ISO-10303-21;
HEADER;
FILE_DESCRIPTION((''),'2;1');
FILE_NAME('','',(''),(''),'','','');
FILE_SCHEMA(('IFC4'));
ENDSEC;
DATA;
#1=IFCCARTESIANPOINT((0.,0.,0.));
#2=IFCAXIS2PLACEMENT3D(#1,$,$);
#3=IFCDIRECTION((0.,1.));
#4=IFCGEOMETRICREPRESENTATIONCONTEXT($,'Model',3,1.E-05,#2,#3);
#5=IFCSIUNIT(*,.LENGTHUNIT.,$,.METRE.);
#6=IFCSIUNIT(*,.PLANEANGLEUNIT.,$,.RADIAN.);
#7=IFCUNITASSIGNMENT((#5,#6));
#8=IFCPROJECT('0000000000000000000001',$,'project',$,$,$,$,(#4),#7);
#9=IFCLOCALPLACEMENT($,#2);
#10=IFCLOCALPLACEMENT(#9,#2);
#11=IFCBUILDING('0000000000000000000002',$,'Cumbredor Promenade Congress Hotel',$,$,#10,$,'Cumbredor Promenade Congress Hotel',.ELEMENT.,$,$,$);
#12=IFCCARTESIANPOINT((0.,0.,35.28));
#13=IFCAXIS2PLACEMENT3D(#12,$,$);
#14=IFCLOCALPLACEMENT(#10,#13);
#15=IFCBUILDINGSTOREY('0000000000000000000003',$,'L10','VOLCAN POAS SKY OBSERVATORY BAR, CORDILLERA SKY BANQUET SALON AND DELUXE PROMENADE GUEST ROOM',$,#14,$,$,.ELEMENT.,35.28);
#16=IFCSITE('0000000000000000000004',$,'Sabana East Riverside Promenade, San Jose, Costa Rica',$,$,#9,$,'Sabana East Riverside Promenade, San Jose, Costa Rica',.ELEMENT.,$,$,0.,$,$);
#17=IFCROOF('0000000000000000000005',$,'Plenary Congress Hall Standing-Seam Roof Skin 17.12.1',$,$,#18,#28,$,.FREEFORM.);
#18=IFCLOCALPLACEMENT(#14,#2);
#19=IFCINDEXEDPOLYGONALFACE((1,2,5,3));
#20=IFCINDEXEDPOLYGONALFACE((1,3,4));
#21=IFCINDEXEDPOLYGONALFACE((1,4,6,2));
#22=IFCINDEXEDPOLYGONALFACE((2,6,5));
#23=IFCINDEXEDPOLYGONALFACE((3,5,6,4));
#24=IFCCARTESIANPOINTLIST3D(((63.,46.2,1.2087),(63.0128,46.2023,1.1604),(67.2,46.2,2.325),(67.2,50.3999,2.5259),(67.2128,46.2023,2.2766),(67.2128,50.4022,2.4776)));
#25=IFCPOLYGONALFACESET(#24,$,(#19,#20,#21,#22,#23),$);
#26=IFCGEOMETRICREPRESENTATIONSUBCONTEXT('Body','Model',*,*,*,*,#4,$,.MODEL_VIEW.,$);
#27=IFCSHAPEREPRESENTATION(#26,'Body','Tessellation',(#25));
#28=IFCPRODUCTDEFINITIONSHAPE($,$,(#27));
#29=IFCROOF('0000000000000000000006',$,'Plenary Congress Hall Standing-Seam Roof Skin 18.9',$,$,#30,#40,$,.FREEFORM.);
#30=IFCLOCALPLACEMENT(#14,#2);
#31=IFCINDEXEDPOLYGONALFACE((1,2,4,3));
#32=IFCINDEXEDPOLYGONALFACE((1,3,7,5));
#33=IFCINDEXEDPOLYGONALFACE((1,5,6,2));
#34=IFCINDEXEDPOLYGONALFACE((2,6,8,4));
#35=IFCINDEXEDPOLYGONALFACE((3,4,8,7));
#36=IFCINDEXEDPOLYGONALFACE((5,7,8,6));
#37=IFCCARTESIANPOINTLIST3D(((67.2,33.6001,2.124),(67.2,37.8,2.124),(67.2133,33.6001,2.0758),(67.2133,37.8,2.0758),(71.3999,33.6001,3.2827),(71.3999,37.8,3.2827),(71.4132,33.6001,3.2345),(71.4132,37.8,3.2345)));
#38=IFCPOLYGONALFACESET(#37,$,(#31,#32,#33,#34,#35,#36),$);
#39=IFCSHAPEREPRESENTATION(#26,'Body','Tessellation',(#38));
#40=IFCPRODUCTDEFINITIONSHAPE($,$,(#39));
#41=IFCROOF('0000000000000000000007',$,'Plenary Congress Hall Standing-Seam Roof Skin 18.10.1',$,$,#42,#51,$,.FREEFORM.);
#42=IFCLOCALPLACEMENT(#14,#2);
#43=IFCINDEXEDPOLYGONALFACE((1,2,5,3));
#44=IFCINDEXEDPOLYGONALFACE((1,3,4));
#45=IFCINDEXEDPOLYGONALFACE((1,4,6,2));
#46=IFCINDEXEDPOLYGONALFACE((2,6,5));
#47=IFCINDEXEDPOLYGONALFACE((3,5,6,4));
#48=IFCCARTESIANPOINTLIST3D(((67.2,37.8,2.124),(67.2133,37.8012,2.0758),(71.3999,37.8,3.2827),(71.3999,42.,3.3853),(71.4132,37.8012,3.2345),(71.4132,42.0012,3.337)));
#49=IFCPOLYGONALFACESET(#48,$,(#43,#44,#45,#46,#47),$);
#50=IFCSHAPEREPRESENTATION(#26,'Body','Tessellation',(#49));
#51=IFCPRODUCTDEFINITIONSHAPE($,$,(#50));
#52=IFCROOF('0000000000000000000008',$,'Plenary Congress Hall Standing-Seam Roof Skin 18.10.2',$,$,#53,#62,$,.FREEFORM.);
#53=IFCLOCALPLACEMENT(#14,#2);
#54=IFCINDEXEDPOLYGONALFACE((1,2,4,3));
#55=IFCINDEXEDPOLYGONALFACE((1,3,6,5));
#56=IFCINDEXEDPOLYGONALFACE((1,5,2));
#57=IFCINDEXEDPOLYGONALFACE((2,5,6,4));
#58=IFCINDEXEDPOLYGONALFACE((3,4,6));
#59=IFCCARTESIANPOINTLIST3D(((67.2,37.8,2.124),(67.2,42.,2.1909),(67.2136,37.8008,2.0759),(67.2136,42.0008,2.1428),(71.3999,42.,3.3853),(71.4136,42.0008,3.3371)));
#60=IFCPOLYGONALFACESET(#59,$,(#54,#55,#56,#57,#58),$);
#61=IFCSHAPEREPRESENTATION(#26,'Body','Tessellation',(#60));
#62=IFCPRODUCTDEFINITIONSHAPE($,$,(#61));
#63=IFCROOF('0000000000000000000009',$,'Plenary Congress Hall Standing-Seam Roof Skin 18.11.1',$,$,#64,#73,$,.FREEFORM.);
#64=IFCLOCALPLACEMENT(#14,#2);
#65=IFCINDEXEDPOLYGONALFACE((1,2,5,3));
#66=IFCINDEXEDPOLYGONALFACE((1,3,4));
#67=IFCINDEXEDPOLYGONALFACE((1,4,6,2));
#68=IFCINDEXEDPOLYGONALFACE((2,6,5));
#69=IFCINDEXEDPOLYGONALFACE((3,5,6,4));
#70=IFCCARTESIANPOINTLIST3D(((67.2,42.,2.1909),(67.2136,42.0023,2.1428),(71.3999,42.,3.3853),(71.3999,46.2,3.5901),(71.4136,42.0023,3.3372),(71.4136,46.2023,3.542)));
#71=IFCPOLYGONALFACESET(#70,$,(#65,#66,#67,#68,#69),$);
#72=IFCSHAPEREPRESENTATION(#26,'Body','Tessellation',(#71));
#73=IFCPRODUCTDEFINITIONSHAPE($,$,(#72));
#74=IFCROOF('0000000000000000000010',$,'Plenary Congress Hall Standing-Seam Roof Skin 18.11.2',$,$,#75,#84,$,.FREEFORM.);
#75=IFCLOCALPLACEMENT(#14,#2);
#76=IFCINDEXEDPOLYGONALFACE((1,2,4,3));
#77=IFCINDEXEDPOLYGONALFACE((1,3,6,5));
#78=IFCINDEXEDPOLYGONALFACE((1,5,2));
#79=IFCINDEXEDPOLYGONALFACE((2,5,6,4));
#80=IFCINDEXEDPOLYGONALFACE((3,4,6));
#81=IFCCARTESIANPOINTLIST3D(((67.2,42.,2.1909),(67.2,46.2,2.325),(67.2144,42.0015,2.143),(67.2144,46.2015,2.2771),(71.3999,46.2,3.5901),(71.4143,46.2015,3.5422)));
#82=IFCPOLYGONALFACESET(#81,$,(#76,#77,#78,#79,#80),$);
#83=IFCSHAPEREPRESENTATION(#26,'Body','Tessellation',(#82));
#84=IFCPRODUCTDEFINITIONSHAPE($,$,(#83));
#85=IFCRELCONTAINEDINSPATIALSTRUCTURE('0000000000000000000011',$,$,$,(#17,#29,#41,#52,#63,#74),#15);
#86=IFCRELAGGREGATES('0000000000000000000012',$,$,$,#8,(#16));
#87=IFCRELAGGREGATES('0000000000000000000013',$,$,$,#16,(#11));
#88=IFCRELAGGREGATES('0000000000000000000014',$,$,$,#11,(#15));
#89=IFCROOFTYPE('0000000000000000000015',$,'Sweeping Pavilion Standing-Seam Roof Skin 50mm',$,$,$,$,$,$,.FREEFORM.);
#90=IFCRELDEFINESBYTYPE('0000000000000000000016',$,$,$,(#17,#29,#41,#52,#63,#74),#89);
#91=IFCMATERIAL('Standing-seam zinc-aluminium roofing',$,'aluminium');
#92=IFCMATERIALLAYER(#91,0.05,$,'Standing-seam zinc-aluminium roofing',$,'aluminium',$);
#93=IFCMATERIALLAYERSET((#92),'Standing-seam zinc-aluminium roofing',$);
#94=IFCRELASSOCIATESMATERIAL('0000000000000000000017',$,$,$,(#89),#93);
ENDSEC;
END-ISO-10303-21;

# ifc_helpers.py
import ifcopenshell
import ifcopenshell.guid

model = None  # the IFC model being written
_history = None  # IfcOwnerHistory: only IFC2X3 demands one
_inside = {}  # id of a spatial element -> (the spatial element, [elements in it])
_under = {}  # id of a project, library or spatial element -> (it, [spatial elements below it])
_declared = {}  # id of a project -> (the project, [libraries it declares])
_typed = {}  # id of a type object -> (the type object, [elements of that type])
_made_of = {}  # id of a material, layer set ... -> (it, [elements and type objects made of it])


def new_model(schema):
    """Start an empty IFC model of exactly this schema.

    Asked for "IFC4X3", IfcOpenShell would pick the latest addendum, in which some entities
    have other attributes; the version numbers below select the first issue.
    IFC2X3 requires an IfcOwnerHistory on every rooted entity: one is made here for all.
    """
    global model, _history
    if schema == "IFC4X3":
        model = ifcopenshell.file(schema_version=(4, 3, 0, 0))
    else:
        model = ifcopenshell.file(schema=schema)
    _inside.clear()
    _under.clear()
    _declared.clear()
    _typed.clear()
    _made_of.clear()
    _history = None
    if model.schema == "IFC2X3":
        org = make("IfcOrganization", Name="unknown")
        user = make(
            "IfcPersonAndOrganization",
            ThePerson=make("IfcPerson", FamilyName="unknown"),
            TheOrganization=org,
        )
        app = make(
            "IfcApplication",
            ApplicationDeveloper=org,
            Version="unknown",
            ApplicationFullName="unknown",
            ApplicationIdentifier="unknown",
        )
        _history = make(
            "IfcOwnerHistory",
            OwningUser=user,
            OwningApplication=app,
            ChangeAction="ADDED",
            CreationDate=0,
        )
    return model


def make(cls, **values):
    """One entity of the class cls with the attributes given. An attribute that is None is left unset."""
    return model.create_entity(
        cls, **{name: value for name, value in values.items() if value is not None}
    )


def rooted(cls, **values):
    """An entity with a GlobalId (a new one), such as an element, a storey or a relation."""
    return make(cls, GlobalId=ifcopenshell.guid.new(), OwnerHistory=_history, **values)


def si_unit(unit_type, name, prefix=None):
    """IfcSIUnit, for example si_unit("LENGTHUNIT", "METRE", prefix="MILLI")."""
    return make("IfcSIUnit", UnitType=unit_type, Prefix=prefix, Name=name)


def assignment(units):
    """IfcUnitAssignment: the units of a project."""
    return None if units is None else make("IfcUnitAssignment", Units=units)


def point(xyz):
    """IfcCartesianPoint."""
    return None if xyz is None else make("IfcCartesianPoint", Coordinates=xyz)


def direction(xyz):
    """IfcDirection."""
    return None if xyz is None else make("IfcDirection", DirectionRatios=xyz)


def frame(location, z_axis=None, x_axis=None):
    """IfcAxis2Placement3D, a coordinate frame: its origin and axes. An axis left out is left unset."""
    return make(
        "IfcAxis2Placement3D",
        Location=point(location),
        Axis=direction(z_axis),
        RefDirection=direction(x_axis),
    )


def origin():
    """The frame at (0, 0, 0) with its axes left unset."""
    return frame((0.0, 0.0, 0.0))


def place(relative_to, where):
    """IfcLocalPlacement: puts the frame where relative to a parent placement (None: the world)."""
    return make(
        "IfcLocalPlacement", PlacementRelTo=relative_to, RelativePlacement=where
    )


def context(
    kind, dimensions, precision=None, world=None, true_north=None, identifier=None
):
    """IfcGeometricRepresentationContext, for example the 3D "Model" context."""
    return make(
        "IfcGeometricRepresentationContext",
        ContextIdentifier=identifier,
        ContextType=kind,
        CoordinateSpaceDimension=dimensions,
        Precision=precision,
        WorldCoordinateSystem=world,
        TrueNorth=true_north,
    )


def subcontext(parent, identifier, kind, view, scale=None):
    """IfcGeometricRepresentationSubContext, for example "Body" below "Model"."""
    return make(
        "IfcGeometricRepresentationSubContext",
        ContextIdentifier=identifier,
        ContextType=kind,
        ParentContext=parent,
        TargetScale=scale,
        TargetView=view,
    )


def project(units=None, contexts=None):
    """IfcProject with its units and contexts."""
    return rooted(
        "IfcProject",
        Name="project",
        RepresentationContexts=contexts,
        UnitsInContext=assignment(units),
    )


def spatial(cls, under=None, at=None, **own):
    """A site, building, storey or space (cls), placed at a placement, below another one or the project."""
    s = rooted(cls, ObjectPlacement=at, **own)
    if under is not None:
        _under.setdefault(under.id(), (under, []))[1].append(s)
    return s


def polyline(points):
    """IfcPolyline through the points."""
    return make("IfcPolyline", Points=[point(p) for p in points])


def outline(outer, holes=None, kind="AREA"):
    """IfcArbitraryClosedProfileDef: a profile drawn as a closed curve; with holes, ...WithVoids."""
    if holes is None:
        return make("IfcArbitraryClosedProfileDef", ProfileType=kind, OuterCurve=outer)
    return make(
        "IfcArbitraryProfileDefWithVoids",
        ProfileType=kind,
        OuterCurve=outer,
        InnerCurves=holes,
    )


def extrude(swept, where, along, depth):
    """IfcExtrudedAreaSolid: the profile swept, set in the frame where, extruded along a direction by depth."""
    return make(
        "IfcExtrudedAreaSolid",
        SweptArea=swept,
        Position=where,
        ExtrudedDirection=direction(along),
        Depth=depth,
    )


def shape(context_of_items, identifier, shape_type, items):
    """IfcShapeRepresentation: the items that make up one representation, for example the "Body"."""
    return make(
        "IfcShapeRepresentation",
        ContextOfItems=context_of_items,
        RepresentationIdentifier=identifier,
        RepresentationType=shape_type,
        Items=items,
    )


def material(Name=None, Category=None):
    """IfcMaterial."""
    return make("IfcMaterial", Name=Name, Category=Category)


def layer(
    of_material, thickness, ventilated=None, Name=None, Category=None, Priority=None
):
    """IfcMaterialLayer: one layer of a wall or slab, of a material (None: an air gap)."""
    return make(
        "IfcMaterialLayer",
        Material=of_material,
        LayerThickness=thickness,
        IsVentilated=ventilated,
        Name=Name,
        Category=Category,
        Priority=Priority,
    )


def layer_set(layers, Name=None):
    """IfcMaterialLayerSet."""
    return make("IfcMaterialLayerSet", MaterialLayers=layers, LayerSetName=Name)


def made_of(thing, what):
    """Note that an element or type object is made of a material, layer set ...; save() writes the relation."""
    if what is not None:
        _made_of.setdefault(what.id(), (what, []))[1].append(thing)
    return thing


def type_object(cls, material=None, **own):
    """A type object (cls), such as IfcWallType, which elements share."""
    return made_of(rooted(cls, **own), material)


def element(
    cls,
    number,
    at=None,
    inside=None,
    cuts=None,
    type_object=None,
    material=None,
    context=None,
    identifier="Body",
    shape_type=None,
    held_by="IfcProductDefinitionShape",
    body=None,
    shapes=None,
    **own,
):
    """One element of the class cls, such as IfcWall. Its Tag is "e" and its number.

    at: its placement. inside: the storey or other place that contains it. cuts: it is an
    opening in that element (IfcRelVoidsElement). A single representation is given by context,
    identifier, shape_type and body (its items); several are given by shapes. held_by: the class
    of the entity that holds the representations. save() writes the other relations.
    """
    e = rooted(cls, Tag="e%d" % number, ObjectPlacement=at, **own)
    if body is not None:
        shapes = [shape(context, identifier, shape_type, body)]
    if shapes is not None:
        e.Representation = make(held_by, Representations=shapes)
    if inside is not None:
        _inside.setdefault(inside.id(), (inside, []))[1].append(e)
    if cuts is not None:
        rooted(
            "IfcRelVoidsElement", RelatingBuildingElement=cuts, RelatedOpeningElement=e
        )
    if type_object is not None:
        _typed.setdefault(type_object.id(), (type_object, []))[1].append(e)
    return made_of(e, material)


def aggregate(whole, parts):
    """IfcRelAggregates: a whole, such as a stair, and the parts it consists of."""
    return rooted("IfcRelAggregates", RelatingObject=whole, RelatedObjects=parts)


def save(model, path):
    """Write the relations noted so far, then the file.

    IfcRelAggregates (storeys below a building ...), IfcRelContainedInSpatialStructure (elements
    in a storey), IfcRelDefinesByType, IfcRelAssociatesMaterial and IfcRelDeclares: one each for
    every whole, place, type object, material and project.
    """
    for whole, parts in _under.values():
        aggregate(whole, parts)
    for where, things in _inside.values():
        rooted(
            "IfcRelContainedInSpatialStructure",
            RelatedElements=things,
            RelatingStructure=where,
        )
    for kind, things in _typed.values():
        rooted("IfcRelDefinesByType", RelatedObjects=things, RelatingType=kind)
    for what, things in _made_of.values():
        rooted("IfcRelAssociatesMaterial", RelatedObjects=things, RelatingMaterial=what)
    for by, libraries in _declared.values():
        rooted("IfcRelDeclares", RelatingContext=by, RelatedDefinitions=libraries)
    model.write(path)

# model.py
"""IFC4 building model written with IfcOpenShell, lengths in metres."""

from ifc_helpers import new_model, si_unit, direction, frame, origin, place, context, subcontext, project, spatial, polyline, outline, extrude, material, layer, layer_set, type_object, element, save


model = new_model("IFC4")

# Units and contexts
model_context = context("Model", 3, precision=1e-05, world=origin(), true_north=direction((0.0, 1.0)))
body_context = subcontext(model_context, "Body", "Model", "MODEL_VIEW")
ifc_project = project(units=[si_unit("LENGTHUNIT", "METRE"), si_unit("PLANEANGLEUNIT", "RADIAN")], contexts=[model_context])

# Site, building, storey
site_placement = place(None, origin())
site = spatial("IfcSite", under=ifc_project, at=site_placement, Name="Sabana East Riverside Promenade, San Jose, Costa Rica", LongName="Sabana East Riverside Promenade, San Jose, Costa Rica", CompositionType="ELEMENT", RefElevation=0.0)
building_placement = place(site_placement, origin())
building = spatial("IfcBuilding", under=site, at=building_placement, Name="Cumbredor Promenade Congress Hotel", LongName="Cumbredor Promenade Congress Hotel", CompositionType="ELEMENT")
storey_placement = place(building_placement, frame((0.0, 0.0, 35.28)))
storey = spatial("IfcBuildingStorey", under=building, at=storey_placement, Name="L10", Description="VOLCAN POAS SKY OBSERVATORY BAR, CORDILLERA SKY BANQUET SALON AND DELUXE PROMENADE GUEST ROOM", CompositionType="ELEMENT", Elevation=35.28)

# Roofs
ifc_material_1 = material(Name="Standing-seam zinc-aluminium roofing", Category="aluminium")
ifc_layer_1 = layer(ifc_material_1, 0.05, Name="Standing-seam zinc-aluminium roofing", Category="aluminium")
ifc_layer_set_1 = layer_set([ifc_layer_1], Name="Standing-seam zinc-aluminium roofing")
roof_type = type_object("IfcRoofType", Name="Sweeping Pavilion Standing-Seam Roof Skin 50mm", PredefinedType="FREEFORM", material=ifc_layer_set_1)
roof_1_placement = place(storey_placement, frame((63.0, 46.2, 1.2087), z_axis=(-0.256577, -0.046186, 0.96542), x_axis=(0.966451, 0.0, 0.256851)))
element("IfcRoof", 1, at=roof_1_placement, inside=storey, type_object=roof_type, Name="Plenary Congress Hall Standing-Seam Roof Skin 17.12.1", PredefinedType="FREEFORM", context=body_context, shape_type="SweptSolid", body=[
    extrude(outline(polyline([(0.0, 0.0), (4.3457, 0.0), (4.3974, 4.2044), (0.0, 0.0)])), origin(), (0.0, 0.0, -1.0), 0.05),
])
roof_2_placement = place(storey_placement, frame((67.2, 33.6001, 2.124), z_axis=(-0.265947, 0.0, 0.963988), x_axis=(0.963988, 0.0, 0.265947)))
element("IfcRoof", 2, at=roof_2_placement, inside=storey, type_object=roof_type, Name="Plenary Congress Hall Standing-Seam Roof Skin 18.9", PredefinedType="FREEFORM", context=body_context, shape_type="SweptSolid", body=[
    extrude(outline(polyline([(0.0, 0.0), (4.3569, 0.0), (4.3569, 4.2), (0.0, 4.2), (0.0, 0.0)])), origin(), (0.0, 0.0, -1.0), 0.05),
])
roof_3_placement = place(storey_placement, frame((67.2, 37.8, 2.124), z_axis=(-0.265873, -0.023529, 0.963721), x_axis=(0.963988, 0.0, 0.265947)))
element("IfcRoof", 3, at=roof_3_placement, inside=storey, type_object=roof_type, Name="Plenary Congress Hall Standing-Seam Roof Skin 18.10.1", PredefinedType="FREEFORM", context=body_context, shape_type="SweptSolid", body=[
    extrude(outline(polyline([(0.0, 0.0), (4.3569, 0.0), (4.3841, 4.2011), (0.0, 0.0)])), origin(), (0.0, 0.0, -1.0), 0.05),
])
roof_4_placement = place(storey_placement, frame((67.2, 37.8, 2.124), z_axis=(-0.273493, -0.015318, 0.961752), x_axis=(0.691685, 0.691685, 0.207711)))
element("IfcRoof", 4, at=roof_4_placement, inside=storey, type_object=roof_type, Name="Plenary Congress Hall Standing-Seam Roof Skin 18.10.2", PredefinedType="FREEFORM", context=body_context, shape_type="SweptSolid", body=[
    extrude(outline(polyline([(0.0, 0.0), (6.0721, 0.0), (2.9189, 3.0206), (0.0, 0.0)])), origin(), (0.0, 0.0, -1.0), 0.05),
])
roof_5_placement = place(storey_placement, frame((67.2, 42.0, 2.1909), z_axis=(-0.273224, -0.046859, 0.960808), x_axis=(0.961865, 0.0, 0.273525)))
element("IfcRoof", 5, at=roof_5_placement, inside=storey, type_object=roof_type, Name="Plenary Congress Hall Standing-Seam Roof Skin 18.11.1", PredefinedType="FREEFORM", context=body_context, shape_type="SweptSolid", body=[
    extrude(outline(polyline([(0.0, 0.0), (4.3665, 0.0), (4.4225, 4.2046), (0.0, 0.0)])), origin(), (0.0, 0.0, -1.0), 0.05),
])
roof_6_placement = place(storey_placement, frame((67.2, 42.0, 2.1909), z_axis=(-0.288291, -0.030543, 0.957056), x_axis=(0.688268, 0.688268, 0.229289)))
element("IfcRoof", 6, at=roof_6_placement, inside=storey, type_object=roof_type, Name="Plenary Congress Hall Standing-Seam Roof Skin 18.11.2", PredefinedType="FREEFORM", context=body_context, shape_type="SweptSolid", body=[
    extrude(outline(polyline([(0.0, 0.0), (6.1022, 0.0), (2.9214, 3.0204), (0.0, 0.0)])), origin(), (0.0, 0.0, -1.0), 0.05),
])

save(model, "model.ifc")
